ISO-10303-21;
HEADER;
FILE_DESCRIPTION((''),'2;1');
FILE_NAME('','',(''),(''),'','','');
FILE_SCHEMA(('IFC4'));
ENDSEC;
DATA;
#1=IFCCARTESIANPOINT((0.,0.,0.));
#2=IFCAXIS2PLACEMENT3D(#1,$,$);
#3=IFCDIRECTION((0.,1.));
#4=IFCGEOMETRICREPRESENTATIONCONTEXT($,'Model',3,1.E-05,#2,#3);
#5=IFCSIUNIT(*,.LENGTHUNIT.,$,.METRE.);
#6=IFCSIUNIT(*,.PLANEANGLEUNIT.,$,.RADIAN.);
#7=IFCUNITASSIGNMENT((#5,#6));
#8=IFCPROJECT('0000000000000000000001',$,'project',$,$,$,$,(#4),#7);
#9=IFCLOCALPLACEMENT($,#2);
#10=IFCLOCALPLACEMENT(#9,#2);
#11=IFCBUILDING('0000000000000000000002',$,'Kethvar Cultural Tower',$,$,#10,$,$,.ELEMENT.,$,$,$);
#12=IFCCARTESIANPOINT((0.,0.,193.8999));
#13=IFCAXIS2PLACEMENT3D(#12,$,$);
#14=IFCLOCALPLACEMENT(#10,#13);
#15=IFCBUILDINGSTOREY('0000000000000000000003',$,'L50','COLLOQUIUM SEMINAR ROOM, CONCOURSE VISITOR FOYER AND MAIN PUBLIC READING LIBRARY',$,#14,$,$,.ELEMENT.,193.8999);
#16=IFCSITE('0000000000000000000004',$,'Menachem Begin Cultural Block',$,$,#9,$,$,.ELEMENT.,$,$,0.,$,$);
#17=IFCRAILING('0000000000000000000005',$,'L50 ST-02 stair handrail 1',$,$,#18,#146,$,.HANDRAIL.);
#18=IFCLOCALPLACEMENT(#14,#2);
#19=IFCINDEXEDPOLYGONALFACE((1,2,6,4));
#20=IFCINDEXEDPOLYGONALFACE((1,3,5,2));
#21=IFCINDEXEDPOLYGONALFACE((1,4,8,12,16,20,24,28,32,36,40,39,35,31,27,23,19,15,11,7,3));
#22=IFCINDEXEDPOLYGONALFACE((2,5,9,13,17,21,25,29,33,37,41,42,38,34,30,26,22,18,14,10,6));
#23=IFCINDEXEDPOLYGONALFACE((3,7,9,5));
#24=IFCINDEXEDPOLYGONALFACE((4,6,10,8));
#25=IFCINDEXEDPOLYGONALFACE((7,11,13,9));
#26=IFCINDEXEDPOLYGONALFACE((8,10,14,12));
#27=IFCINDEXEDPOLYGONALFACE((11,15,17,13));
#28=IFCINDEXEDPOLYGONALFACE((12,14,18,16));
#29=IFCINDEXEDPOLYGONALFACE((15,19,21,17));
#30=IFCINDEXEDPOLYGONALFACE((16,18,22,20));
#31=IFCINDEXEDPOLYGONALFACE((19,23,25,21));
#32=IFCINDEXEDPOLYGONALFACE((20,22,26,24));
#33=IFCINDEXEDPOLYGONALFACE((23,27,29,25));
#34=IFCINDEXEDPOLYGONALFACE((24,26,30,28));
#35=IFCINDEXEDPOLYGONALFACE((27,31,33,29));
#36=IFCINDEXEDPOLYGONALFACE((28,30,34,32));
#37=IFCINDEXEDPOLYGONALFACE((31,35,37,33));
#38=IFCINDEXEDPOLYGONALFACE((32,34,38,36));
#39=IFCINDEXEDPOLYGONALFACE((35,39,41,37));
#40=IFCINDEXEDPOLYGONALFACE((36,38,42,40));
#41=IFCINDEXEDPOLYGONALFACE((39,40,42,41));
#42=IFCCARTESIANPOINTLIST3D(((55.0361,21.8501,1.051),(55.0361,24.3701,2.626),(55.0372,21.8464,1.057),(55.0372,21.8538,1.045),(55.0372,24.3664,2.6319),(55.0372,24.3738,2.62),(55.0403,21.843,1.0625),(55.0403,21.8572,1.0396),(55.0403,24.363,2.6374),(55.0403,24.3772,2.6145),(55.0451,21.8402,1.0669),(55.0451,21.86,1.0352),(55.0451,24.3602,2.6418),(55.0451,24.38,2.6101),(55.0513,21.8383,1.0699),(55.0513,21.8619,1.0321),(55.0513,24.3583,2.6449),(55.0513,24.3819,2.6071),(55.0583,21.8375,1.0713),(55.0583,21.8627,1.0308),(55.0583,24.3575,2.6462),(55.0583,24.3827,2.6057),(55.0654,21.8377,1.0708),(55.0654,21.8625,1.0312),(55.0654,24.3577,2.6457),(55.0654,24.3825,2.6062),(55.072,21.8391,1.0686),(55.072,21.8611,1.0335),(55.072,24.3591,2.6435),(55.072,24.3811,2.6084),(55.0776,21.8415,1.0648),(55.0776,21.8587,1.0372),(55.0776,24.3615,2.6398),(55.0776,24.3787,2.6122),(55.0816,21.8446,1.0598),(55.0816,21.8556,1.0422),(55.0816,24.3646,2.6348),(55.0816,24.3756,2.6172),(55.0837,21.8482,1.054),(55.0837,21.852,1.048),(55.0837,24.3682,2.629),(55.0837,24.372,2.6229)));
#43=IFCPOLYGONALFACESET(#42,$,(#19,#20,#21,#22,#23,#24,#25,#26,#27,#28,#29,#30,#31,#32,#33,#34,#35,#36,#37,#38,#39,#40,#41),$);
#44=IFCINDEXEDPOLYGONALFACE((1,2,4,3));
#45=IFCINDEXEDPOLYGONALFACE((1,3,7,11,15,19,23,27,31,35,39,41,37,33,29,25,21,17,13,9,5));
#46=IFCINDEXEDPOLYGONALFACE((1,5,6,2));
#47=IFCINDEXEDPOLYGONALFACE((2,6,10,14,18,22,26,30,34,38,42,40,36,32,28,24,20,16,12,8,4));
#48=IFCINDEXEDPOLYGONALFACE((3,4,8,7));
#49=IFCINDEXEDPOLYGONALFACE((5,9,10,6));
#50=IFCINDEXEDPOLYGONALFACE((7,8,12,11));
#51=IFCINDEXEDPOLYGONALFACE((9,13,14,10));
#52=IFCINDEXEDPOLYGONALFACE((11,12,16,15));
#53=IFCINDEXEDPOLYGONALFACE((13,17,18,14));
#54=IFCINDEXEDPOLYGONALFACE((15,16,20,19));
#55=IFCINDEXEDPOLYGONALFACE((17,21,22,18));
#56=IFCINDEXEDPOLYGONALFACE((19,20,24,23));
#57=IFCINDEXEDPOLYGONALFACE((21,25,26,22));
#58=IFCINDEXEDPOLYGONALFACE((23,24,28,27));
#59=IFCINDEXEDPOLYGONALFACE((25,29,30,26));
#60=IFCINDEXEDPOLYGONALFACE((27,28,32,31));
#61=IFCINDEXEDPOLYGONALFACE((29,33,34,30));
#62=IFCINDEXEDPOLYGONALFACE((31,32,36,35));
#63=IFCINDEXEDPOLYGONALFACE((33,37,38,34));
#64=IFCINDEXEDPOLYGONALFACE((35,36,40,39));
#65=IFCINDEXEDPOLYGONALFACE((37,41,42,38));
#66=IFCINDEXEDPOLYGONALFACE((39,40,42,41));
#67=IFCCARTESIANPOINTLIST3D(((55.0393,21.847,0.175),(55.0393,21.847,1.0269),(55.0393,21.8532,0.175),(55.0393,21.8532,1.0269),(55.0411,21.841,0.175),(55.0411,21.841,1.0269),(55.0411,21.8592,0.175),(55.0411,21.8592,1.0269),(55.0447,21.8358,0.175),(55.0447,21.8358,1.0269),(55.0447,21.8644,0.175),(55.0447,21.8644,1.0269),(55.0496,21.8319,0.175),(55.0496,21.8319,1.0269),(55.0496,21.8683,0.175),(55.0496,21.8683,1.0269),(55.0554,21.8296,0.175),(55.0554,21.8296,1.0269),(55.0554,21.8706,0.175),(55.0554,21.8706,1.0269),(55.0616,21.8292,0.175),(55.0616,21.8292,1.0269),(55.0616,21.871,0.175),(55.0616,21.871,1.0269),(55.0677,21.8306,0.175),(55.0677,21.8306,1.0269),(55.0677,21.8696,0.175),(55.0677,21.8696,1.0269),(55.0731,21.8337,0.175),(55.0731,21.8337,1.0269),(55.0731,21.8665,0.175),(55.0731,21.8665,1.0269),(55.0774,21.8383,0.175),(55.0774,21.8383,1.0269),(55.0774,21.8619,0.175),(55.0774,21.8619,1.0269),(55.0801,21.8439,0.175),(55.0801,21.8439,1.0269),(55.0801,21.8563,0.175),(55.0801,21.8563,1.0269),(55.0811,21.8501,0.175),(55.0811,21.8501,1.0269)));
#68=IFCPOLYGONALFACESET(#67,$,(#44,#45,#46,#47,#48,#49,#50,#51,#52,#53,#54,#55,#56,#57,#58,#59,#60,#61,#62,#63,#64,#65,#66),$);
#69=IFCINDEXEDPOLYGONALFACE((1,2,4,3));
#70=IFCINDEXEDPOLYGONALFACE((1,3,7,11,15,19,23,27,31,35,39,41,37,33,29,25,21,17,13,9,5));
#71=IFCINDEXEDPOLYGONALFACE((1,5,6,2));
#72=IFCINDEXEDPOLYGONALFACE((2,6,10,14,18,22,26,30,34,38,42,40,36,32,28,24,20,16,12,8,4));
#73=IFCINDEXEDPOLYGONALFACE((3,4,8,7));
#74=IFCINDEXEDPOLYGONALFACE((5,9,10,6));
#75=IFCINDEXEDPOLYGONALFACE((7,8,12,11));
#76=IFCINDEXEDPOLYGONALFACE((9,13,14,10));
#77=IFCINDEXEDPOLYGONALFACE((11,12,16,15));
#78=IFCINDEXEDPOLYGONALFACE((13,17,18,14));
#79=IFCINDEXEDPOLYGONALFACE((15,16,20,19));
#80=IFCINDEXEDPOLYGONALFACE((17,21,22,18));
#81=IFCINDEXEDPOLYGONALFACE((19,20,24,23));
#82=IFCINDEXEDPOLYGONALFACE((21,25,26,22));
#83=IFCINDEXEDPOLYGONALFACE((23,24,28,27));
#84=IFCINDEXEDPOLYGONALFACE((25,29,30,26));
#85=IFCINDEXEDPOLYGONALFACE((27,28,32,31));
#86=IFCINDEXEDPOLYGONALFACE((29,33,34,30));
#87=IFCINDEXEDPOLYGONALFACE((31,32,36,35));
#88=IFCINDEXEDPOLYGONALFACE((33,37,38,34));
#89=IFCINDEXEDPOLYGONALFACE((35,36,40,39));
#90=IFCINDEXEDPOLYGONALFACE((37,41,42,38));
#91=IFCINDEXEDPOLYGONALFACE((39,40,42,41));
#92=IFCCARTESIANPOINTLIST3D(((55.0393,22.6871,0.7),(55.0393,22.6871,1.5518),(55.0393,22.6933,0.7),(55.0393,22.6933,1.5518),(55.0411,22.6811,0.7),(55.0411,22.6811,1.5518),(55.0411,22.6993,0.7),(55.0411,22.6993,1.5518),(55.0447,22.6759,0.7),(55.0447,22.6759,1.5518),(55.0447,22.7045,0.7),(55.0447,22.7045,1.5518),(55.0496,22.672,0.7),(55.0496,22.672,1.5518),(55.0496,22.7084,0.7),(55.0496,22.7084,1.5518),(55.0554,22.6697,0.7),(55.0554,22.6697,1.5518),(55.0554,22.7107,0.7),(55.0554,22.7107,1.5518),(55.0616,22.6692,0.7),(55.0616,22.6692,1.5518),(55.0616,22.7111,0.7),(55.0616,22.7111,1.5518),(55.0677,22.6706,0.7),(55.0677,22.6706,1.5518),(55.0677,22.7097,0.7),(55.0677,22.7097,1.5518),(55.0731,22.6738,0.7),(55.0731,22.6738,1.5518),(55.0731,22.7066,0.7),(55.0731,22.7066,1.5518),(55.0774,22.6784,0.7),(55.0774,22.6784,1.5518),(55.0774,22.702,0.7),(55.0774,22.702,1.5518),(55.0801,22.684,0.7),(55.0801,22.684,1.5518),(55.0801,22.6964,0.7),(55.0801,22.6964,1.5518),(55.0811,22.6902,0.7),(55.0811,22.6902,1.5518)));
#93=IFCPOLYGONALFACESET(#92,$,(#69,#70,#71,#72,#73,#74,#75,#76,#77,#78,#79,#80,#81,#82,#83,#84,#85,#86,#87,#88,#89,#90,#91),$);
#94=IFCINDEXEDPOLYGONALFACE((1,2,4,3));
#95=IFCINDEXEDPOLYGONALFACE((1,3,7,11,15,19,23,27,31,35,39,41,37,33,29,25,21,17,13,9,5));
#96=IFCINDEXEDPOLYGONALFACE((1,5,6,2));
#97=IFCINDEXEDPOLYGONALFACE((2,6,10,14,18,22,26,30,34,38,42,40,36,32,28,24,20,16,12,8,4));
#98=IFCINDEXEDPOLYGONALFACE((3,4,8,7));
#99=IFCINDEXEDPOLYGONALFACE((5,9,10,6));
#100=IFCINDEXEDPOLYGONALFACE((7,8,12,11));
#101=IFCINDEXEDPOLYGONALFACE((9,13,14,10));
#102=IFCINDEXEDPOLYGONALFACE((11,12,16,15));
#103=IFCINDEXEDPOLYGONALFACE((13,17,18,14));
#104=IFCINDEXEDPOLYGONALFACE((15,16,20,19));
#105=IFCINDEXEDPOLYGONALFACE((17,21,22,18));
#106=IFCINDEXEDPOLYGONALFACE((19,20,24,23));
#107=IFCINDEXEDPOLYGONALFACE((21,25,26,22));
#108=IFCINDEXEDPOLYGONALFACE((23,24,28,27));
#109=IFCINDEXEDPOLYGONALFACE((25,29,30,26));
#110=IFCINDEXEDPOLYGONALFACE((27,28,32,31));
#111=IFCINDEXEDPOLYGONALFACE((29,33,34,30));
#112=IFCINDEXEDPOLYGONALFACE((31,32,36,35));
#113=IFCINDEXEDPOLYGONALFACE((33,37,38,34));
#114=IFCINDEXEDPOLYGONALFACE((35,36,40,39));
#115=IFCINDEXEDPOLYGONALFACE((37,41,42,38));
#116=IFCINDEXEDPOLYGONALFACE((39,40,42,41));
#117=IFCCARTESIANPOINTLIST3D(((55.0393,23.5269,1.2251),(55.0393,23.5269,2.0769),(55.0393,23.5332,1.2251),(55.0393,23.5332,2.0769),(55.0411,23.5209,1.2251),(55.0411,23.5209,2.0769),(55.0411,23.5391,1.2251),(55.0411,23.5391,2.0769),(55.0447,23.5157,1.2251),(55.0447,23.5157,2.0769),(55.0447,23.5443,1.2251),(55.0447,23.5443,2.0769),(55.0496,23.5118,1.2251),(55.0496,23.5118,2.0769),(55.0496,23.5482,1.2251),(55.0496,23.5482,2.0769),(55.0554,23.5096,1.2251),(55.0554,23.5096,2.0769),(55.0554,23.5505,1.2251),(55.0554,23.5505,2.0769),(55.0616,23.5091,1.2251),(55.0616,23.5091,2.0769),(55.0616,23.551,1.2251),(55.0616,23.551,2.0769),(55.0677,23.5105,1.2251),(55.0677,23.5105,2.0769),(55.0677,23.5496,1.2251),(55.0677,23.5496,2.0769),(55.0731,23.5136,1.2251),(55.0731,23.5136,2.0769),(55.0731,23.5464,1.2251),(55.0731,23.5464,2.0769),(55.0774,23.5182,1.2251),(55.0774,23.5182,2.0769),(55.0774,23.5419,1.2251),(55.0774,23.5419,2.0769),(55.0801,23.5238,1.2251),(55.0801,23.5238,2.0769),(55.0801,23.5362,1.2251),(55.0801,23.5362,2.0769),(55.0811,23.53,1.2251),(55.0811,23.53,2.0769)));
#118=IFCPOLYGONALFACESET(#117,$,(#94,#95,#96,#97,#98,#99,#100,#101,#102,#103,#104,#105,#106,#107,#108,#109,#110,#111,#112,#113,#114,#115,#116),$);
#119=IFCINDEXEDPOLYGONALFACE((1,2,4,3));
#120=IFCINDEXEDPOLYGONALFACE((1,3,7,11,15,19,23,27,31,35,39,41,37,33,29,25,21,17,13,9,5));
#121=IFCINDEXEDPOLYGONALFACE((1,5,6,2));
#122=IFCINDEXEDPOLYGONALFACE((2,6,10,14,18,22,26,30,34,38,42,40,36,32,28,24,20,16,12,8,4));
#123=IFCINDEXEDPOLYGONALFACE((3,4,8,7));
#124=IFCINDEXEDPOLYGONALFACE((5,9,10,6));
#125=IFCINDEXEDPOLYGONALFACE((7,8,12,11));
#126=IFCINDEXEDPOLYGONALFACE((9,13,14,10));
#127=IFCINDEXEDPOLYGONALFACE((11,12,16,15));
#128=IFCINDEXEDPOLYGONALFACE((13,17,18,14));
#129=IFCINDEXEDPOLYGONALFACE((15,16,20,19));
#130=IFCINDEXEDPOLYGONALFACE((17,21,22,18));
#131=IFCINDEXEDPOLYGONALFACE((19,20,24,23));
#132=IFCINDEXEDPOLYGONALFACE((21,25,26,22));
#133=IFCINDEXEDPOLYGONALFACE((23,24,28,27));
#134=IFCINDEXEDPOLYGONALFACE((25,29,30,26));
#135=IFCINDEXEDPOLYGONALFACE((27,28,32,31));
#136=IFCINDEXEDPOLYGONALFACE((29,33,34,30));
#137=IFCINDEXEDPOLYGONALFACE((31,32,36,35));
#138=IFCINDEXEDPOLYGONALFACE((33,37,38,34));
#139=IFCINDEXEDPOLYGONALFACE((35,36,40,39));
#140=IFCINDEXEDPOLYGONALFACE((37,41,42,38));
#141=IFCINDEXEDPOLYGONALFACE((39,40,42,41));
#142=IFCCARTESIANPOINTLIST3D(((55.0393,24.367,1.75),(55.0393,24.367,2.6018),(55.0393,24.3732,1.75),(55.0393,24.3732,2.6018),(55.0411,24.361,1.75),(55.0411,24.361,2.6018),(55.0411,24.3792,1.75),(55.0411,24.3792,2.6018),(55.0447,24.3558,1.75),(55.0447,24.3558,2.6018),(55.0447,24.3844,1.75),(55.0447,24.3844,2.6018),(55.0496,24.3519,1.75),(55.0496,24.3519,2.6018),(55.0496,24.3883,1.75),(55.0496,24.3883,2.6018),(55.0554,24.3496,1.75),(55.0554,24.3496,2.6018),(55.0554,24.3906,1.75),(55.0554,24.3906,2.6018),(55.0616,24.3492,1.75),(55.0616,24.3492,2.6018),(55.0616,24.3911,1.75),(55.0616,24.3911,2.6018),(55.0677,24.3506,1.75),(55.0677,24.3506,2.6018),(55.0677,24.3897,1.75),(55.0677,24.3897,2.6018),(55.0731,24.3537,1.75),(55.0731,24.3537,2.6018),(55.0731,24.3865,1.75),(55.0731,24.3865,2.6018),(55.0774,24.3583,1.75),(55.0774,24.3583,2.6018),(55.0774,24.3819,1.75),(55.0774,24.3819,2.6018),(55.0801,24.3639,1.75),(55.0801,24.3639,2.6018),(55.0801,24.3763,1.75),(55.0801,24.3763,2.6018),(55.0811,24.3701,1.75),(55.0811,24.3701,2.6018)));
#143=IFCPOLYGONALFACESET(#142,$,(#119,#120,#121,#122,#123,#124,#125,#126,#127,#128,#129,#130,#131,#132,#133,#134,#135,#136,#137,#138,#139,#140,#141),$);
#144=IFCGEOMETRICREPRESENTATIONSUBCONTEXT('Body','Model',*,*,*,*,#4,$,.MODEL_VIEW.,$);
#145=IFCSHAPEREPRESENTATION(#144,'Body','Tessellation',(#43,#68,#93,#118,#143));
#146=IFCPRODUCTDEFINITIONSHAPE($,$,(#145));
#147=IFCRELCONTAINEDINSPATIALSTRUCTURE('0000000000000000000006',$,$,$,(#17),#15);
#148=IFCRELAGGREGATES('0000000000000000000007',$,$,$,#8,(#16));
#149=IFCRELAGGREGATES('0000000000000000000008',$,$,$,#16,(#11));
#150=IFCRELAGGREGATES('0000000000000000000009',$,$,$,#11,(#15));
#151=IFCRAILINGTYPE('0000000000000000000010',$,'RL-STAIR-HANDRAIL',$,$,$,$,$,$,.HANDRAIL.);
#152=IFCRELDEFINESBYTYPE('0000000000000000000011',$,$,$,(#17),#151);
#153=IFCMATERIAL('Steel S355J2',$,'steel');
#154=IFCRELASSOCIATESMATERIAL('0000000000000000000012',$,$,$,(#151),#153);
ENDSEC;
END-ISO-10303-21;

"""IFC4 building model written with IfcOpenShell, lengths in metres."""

from ifc_helpers import new_model, si_unit, direction, frame, origin, origin_2d, place, context, subcontext, project, spatial, circle, extrude, material, type_object, element, save


model = new_model("IFC4")

# Units and contexts
model_context = context("Model", 3, precision=1e-05, world=origin(), true_north=direction((0.0, 1.0)))
body_context = subcontext(model_context, "Body", "Model", "MODEL_VIEW")
ifc_project = project(units=[si_unit("LENGTHUNIT", "METRE"), si_unit("PLANEANGLEUNIT", "RADIAN")], contexts=[model_context])

# Site, building, storey
site_placement = place(None, origin())
site = spatial("IfcSite", under=ifc_project, at=site_placement, Name="Menachem Begin Cultural Block", CompositionType="ELEMENT", RefElevation=0.0)
building_placement = place(site_placement, origin())
building = spatial("IfcBuilding", under=site, at=building_placement, Name="Kethvar Cultural Tower", CompositionType="ELEMENT")
storey_placement = place(building_placement, frame((0.0, 0.0, 193.8999)))
storey = spatial("IfcBuildingStorey", under=building, at=storey_placement, Name="L50", Description="COLLOQUIUM SEMINAR ROOM, CONCOURSE VISITOR FOYER AND MAIN PUBLIC READING LIBRARY", CompositionType="ELEMENT", Elevation=193.8999)

# Shared definitions
ifc_material_1 = material(Name="Steel S355J2", Category="steel")

# Railing
railing_type_1 = type_object("IfcRailingType", Name="RL-STAIR-HANDRAIL", PredefinedType="HANDRAIL", material=ifc_material_1)
railing_1_placement = place(storey_placement, frame((55.0601, 21.8501, 0.175)))
element("IfcRailing", 1, at=railing_1_placement, inside=storey, type_object=railing_type_1, Name="L50 ST-02 stair handrail 1", PredefinedType="HANDRAIL", context=body_context, shape_type="SweptSolid", body=[
    extrude(circle(Radius=0.0239, at=origin_2d()), frame((0.0, 0.0, 0.876), z_axis=(0.0, 0.848008, 0.529984), x_axis=(-1.0, 0.0, 0.0)), (0.0, 0.0, 1.0), 2.9717),
    extrude(circle(Radius=0.021, at=origin_2d()), origin(), (0.0, 0.0, 1.0), 0.8518),
    extrude(circle(Radius=0.021, at=origin_2d()), frame((0.0, 0.8401, 0.5249)), (0.0, 0.0, 1.0), 0.8518),
    extrude(circle(Radius=0.021, at=origin_2d()), frame((0.0, 1.6799, 1.05)), (0.0, 0.0, 1.0), 0.8518),
    extrude(circle(Radius=0.021, at=origin_2d()), frame((0.0, 2.52, 1.575)), (0.0, 0.0, 1.0), 0.8518),
])

save(model, "model.ifc")
